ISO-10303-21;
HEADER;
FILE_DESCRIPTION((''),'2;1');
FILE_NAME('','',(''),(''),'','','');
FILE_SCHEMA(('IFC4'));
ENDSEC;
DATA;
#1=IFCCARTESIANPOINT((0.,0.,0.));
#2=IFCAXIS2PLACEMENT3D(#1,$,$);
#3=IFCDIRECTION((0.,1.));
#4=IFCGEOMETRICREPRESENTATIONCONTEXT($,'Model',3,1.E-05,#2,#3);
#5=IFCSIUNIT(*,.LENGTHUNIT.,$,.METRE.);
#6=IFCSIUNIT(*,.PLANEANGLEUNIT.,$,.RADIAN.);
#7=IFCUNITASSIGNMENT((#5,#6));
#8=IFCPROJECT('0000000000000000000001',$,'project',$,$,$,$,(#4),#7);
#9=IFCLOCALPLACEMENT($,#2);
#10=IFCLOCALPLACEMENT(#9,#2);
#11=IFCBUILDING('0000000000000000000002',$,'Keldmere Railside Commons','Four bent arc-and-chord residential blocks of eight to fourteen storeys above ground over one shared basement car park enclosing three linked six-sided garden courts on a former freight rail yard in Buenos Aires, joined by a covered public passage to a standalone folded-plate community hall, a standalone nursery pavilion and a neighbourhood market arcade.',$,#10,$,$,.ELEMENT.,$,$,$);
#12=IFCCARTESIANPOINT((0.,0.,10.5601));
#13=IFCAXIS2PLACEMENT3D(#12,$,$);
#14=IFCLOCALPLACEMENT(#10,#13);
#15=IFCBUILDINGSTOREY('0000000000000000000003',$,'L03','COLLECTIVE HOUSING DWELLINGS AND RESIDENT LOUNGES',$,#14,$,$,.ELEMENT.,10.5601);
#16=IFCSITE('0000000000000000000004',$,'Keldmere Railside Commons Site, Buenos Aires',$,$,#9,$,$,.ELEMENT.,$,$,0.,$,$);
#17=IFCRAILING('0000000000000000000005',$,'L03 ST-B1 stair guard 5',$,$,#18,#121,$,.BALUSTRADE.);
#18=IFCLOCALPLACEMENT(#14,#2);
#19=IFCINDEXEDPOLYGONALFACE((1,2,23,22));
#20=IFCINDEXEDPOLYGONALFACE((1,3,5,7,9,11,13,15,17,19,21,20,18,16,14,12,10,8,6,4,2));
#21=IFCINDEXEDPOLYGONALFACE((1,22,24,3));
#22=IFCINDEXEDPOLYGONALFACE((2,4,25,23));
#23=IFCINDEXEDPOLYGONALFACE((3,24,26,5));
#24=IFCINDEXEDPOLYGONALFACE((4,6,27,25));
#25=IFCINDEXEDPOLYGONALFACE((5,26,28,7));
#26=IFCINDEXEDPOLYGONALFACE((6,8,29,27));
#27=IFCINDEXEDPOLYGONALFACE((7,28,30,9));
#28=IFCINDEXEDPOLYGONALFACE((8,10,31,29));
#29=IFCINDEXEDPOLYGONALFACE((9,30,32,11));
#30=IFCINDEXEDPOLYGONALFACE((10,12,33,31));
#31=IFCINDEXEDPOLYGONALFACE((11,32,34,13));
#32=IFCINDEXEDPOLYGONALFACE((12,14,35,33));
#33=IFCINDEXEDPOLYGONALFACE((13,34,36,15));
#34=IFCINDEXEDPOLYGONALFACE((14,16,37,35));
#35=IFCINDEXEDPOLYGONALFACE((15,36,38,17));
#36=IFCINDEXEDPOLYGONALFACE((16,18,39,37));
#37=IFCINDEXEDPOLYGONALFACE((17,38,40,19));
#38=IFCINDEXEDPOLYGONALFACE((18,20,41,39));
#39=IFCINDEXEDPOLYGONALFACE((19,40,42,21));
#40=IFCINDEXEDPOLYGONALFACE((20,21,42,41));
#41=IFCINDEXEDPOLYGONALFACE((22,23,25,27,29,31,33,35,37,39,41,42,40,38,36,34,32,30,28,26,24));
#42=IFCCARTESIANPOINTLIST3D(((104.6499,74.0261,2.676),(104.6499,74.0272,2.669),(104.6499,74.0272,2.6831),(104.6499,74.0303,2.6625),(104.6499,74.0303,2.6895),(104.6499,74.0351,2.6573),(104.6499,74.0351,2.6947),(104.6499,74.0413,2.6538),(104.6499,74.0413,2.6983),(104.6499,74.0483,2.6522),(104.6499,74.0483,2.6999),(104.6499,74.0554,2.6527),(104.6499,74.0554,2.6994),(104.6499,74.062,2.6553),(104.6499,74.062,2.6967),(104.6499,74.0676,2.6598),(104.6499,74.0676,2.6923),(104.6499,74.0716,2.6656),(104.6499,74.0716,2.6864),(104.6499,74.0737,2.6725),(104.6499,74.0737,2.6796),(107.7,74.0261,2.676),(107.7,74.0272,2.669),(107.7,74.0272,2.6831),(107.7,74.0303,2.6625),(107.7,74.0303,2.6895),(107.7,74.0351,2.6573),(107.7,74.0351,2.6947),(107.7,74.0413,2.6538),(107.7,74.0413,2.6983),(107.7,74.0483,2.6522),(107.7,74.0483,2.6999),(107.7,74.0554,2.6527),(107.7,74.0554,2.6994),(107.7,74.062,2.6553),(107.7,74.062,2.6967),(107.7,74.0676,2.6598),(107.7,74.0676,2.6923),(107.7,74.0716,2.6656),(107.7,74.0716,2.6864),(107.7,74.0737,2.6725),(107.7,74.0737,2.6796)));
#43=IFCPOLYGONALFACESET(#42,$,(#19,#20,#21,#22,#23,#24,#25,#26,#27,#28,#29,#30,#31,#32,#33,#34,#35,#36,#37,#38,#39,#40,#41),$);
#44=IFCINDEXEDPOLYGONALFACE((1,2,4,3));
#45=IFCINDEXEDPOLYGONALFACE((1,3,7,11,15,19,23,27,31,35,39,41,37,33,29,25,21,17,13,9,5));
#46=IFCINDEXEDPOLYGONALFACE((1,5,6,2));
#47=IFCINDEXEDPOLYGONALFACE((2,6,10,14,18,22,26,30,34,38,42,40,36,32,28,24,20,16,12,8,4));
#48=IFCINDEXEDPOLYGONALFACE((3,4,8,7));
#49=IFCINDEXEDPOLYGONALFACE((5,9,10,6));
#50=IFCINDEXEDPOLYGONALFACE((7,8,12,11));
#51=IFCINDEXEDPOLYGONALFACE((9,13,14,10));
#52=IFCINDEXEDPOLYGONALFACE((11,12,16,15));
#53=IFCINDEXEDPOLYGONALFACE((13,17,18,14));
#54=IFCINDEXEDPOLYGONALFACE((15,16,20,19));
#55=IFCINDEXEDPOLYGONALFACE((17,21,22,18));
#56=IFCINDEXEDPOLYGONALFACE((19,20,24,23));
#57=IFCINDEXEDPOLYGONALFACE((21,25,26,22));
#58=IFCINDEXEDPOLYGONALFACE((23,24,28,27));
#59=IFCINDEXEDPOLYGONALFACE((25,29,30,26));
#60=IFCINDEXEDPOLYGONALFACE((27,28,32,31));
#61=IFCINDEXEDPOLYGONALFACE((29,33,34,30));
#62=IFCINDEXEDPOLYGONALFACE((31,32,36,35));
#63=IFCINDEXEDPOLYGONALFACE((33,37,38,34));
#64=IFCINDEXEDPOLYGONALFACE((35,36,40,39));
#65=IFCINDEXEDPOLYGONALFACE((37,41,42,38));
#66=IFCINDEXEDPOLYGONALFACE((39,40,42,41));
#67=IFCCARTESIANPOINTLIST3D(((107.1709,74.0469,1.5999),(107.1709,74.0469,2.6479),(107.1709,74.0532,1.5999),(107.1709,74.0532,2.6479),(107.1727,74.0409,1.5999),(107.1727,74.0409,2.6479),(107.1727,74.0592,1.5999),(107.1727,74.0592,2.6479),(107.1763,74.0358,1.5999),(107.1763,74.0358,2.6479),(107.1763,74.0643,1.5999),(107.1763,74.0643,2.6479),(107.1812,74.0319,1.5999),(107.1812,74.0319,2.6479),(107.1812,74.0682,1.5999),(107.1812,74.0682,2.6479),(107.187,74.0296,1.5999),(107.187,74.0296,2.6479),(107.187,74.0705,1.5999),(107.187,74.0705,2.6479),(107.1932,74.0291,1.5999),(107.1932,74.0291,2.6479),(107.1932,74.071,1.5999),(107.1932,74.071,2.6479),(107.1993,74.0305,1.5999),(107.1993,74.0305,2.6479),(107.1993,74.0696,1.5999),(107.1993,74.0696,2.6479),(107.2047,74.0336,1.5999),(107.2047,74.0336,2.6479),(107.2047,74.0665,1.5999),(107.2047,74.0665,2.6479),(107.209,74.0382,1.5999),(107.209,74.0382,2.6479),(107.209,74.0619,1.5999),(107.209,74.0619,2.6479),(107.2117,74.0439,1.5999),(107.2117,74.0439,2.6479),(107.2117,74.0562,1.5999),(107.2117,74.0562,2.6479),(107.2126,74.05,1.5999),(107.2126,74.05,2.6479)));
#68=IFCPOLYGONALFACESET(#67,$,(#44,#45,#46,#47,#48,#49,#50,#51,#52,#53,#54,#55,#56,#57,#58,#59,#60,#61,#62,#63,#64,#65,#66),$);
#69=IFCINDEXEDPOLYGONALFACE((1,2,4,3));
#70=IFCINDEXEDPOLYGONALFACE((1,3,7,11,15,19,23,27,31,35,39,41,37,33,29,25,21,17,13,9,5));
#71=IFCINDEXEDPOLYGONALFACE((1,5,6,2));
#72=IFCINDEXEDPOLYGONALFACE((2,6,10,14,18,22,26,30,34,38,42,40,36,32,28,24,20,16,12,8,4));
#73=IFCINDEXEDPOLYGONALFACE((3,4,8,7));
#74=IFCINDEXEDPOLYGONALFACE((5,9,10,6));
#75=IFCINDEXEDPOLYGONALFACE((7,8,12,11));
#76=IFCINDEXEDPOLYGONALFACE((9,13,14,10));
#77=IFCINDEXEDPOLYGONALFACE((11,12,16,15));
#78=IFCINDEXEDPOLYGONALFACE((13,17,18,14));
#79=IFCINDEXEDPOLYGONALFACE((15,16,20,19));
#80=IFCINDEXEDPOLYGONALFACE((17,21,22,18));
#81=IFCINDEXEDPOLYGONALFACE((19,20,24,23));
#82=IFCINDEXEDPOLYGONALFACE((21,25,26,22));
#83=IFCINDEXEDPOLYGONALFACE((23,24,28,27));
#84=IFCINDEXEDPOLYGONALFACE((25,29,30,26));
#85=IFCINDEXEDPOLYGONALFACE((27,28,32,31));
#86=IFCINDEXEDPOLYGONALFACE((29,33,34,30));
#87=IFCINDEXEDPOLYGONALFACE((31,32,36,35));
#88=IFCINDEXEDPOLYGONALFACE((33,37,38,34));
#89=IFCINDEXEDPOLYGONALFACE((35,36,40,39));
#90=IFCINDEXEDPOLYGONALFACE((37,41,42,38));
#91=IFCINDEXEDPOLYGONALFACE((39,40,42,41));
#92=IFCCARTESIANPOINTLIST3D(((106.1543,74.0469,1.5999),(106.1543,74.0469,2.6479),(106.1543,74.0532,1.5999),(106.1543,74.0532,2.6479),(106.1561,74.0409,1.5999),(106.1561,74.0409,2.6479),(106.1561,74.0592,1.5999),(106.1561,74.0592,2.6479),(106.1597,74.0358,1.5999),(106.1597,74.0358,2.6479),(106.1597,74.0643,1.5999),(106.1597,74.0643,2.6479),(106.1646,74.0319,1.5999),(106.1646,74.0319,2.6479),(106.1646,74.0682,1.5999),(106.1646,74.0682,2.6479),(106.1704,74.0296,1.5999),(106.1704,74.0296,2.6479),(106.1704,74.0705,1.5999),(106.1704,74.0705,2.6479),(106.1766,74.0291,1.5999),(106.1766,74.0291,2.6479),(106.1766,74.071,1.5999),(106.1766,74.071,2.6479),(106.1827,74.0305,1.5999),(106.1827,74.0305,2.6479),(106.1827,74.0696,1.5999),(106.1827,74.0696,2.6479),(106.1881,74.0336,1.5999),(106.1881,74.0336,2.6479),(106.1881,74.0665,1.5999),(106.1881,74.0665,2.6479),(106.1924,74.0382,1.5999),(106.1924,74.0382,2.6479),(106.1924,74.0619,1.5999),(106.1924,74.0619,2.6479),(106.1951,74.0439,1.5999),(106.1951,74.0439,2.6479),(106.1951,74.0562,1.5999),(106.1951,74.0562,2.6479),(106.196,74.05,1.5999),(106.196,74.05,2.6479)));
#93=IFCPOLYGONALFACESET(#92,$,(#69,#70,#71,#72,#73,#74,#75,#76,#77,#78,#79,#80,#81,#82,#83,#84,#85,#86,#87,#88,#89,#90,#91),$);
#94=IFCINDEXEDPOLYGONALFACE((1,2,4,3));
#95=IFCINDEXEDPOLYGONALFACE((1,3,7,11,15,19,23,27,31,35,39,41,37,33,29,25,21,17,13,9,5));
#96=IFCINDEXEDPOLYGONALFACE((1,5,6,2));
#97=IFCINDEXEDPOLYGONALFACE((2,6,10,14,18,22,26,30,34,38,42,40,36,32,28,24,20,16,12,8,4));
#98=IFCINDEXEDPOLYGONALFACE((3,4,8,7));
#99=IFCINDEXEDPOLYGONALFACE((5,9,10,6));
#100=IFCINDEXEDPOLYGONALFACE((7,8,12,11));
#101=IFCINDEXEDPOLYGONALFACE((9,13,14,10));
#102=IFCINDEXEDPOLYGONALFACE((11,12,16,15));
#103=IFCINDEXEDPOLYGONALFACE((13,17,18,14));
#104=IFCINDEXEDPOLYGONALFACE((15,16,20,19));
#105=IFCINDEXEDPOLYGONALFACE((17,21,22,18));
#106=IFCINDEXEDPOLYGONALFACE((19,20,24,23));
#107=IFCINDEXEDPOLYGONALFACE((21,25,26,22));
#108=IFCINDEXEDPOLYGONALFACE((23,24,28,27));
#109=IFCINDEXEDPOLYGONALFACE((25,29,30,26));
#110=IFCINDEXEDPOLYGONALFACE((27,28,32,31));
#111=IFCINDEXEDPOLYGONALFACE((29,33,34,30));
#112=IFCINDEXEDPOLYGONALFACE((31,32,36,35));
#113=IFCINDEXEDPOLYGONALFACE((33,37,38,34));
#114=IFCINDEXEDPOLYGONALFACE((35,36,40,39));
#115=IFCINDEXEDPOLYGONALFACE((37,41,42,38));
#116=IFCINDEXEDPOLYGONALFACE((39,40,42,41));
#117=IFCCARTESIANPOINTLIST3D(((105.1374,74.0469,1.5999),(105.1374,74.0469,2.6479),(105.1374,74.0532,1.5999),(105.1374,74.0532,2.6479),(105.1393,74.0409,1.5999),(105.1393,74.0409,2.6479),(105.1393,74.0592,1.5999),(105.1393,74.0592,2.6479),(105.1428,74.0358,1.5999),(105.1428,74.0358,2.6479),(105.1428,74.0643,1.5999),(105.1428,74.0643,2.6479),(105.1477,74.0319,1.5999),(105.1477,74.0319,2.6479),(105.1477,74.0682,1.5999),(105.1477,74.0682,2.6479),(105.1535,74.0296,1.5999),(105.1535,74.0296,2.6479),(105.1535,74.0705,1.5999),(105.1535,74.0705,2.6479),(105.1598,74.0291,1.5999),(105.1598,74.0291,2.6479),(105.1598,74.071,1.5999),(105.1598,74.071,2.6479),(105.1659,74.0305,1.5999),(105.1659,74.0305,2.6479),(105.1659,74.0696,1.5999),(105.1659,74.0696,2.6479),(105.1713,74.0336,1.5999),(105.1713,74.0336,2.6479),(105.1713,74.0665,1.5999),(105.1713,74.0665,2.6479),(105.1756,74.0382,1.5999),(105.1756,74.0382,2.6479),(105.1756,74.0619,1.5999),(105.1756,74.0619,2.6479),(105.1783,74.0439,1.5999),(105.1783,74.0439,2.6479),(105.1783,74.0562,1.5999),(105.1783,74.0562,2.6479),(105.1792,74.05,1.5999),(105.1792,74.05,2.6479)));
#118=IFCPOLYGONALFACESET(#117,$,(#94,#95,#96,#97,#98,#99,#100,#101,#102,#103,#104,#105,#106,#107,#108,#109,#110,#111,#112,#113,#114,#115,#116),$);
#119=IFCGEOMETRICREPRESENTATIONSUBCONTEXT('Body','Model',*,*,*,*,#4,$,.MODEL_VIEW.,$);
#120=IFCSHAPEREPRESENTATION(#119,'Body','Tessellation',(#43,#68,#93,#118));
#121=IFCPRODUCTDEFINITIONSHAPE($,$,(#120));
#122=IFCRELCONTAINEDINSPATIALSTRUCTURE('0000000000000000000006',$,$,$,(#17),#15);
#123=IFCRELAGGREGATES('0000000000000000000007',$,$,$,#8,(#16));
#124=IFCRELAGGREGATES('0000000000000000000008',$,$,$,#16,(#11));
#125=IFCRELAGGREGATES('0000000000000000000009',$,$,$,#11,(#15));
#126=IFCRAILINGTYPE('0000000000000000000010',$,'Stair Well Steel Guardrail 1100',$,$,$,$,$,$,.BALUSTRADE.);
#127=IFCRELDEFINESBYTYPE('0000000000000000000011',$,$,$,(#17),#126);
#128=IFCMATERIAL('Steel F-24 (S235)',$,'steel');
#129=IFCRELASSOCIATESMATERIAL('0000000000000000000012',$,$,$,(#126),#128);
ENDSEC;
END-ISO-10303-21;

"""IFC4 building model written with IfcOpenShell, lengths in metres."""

from ifc_helpers import new_model, si_unit, direction, frame, origin, origin_2d, place, context, subcontext, project, spatial, circle, extrude, material, type_object, element, save


model = new_model("IFC4")

# Units and contexts
model_context = context("Model", 3, precision=1e-05, world=origin(), true_north=direction((0.0, 1.0)))
body_context = subcontext(model_context, "Body", "Model", "MODEL_VIEW")
ifc_project = project(units=[si_unit("LENGTHUNIT", "METRE"), si_unit("PLANEANGLEUNIT", "RADIAN")], contexts=[model_context])

# Site, building, storey
site_placement = place(None, origin())
site = spatial("IfcSite", under=ifc_project, at=site_placement, Name="Keldmere Railside Commons Site, Buenos Aires", CompositionType="ELEMENT", RefElevation=0.0)
building_placement = place(site_placement, origin())
building = spatial("IfcBuilding", under=site, at=building_placement, Name="Keldmere Railside Commons", Description="Four bent arc-and-chord residential blocks of eight to fourteen storeys above ground over one shared basement car park enclosing three linked six-sided garden courts on a former freight rail yard in Buenos Aires, joined by a covered public passage to a standalone folded-plate community hall, a standalone nursery pavilion and a neighbourhood market arcade.", CompositionType="ELEMENT")
storey_placement = place(building_placement, frame((0.0, 0.0, 10.5601)))
storey = spatial("IfcBuildingStorey", under=building, at=storey_placement, Name="L03", Description="COLLECTIVE HOUSING DWELLINGS AND RESIDENT LOUNGES", CompositionType="ELEMENT", Elevation=10.5601)

# Railing
ifc_material_1 = material(Name="Steel F-24 (S235)", Category="steel")
railing_type_1 = type_object("IfcRailingType", Name="Stair Well Steel Guardrail 1100", PredefinedType="BALUSTRADE", material=ifc_material_1)
railing_1_placement = place(storey_placement, frame((107.7, 74.05, 1.5999)))
element("IfcRailing", 1, at=railing_1_placement, inside=storey, type_object=railing_type_1, Name="L03 ST-B1 stair guard 5", PredefinedType="BALUSTRADE", context=body_context, shape_type="SweptSolid", body=[
    extrude(circle(Radius=0.0239, at=origin_2d()), frame((0.0, 0.0, 1.0762), z_axis=(-1.0, 0.0, 0.0), x_axis=(0.0, -1.0, 0.0)), (0.0, 0.0, 1.0), 3.05),
    extrude(circle(Radius=0.021, at=origin_2d()), frame((-0.5083, 0.0, 0.0)), (0.0, 0.0, 1.0), 1.0481),
    extrude(circle(Radius=0.021, at=origin_2d()), frame((-1.5249, 0.0, 0.0)), (0.0, 0.0, 1.0), 1.0481),
    extrude(circle(Radius=0.021, at=origin_2d()), frame((-2.5417, 0.0, 0.0)), (0.0, 0.0, 1.0), 1.0481),
])

save(model, "model.ifc")
